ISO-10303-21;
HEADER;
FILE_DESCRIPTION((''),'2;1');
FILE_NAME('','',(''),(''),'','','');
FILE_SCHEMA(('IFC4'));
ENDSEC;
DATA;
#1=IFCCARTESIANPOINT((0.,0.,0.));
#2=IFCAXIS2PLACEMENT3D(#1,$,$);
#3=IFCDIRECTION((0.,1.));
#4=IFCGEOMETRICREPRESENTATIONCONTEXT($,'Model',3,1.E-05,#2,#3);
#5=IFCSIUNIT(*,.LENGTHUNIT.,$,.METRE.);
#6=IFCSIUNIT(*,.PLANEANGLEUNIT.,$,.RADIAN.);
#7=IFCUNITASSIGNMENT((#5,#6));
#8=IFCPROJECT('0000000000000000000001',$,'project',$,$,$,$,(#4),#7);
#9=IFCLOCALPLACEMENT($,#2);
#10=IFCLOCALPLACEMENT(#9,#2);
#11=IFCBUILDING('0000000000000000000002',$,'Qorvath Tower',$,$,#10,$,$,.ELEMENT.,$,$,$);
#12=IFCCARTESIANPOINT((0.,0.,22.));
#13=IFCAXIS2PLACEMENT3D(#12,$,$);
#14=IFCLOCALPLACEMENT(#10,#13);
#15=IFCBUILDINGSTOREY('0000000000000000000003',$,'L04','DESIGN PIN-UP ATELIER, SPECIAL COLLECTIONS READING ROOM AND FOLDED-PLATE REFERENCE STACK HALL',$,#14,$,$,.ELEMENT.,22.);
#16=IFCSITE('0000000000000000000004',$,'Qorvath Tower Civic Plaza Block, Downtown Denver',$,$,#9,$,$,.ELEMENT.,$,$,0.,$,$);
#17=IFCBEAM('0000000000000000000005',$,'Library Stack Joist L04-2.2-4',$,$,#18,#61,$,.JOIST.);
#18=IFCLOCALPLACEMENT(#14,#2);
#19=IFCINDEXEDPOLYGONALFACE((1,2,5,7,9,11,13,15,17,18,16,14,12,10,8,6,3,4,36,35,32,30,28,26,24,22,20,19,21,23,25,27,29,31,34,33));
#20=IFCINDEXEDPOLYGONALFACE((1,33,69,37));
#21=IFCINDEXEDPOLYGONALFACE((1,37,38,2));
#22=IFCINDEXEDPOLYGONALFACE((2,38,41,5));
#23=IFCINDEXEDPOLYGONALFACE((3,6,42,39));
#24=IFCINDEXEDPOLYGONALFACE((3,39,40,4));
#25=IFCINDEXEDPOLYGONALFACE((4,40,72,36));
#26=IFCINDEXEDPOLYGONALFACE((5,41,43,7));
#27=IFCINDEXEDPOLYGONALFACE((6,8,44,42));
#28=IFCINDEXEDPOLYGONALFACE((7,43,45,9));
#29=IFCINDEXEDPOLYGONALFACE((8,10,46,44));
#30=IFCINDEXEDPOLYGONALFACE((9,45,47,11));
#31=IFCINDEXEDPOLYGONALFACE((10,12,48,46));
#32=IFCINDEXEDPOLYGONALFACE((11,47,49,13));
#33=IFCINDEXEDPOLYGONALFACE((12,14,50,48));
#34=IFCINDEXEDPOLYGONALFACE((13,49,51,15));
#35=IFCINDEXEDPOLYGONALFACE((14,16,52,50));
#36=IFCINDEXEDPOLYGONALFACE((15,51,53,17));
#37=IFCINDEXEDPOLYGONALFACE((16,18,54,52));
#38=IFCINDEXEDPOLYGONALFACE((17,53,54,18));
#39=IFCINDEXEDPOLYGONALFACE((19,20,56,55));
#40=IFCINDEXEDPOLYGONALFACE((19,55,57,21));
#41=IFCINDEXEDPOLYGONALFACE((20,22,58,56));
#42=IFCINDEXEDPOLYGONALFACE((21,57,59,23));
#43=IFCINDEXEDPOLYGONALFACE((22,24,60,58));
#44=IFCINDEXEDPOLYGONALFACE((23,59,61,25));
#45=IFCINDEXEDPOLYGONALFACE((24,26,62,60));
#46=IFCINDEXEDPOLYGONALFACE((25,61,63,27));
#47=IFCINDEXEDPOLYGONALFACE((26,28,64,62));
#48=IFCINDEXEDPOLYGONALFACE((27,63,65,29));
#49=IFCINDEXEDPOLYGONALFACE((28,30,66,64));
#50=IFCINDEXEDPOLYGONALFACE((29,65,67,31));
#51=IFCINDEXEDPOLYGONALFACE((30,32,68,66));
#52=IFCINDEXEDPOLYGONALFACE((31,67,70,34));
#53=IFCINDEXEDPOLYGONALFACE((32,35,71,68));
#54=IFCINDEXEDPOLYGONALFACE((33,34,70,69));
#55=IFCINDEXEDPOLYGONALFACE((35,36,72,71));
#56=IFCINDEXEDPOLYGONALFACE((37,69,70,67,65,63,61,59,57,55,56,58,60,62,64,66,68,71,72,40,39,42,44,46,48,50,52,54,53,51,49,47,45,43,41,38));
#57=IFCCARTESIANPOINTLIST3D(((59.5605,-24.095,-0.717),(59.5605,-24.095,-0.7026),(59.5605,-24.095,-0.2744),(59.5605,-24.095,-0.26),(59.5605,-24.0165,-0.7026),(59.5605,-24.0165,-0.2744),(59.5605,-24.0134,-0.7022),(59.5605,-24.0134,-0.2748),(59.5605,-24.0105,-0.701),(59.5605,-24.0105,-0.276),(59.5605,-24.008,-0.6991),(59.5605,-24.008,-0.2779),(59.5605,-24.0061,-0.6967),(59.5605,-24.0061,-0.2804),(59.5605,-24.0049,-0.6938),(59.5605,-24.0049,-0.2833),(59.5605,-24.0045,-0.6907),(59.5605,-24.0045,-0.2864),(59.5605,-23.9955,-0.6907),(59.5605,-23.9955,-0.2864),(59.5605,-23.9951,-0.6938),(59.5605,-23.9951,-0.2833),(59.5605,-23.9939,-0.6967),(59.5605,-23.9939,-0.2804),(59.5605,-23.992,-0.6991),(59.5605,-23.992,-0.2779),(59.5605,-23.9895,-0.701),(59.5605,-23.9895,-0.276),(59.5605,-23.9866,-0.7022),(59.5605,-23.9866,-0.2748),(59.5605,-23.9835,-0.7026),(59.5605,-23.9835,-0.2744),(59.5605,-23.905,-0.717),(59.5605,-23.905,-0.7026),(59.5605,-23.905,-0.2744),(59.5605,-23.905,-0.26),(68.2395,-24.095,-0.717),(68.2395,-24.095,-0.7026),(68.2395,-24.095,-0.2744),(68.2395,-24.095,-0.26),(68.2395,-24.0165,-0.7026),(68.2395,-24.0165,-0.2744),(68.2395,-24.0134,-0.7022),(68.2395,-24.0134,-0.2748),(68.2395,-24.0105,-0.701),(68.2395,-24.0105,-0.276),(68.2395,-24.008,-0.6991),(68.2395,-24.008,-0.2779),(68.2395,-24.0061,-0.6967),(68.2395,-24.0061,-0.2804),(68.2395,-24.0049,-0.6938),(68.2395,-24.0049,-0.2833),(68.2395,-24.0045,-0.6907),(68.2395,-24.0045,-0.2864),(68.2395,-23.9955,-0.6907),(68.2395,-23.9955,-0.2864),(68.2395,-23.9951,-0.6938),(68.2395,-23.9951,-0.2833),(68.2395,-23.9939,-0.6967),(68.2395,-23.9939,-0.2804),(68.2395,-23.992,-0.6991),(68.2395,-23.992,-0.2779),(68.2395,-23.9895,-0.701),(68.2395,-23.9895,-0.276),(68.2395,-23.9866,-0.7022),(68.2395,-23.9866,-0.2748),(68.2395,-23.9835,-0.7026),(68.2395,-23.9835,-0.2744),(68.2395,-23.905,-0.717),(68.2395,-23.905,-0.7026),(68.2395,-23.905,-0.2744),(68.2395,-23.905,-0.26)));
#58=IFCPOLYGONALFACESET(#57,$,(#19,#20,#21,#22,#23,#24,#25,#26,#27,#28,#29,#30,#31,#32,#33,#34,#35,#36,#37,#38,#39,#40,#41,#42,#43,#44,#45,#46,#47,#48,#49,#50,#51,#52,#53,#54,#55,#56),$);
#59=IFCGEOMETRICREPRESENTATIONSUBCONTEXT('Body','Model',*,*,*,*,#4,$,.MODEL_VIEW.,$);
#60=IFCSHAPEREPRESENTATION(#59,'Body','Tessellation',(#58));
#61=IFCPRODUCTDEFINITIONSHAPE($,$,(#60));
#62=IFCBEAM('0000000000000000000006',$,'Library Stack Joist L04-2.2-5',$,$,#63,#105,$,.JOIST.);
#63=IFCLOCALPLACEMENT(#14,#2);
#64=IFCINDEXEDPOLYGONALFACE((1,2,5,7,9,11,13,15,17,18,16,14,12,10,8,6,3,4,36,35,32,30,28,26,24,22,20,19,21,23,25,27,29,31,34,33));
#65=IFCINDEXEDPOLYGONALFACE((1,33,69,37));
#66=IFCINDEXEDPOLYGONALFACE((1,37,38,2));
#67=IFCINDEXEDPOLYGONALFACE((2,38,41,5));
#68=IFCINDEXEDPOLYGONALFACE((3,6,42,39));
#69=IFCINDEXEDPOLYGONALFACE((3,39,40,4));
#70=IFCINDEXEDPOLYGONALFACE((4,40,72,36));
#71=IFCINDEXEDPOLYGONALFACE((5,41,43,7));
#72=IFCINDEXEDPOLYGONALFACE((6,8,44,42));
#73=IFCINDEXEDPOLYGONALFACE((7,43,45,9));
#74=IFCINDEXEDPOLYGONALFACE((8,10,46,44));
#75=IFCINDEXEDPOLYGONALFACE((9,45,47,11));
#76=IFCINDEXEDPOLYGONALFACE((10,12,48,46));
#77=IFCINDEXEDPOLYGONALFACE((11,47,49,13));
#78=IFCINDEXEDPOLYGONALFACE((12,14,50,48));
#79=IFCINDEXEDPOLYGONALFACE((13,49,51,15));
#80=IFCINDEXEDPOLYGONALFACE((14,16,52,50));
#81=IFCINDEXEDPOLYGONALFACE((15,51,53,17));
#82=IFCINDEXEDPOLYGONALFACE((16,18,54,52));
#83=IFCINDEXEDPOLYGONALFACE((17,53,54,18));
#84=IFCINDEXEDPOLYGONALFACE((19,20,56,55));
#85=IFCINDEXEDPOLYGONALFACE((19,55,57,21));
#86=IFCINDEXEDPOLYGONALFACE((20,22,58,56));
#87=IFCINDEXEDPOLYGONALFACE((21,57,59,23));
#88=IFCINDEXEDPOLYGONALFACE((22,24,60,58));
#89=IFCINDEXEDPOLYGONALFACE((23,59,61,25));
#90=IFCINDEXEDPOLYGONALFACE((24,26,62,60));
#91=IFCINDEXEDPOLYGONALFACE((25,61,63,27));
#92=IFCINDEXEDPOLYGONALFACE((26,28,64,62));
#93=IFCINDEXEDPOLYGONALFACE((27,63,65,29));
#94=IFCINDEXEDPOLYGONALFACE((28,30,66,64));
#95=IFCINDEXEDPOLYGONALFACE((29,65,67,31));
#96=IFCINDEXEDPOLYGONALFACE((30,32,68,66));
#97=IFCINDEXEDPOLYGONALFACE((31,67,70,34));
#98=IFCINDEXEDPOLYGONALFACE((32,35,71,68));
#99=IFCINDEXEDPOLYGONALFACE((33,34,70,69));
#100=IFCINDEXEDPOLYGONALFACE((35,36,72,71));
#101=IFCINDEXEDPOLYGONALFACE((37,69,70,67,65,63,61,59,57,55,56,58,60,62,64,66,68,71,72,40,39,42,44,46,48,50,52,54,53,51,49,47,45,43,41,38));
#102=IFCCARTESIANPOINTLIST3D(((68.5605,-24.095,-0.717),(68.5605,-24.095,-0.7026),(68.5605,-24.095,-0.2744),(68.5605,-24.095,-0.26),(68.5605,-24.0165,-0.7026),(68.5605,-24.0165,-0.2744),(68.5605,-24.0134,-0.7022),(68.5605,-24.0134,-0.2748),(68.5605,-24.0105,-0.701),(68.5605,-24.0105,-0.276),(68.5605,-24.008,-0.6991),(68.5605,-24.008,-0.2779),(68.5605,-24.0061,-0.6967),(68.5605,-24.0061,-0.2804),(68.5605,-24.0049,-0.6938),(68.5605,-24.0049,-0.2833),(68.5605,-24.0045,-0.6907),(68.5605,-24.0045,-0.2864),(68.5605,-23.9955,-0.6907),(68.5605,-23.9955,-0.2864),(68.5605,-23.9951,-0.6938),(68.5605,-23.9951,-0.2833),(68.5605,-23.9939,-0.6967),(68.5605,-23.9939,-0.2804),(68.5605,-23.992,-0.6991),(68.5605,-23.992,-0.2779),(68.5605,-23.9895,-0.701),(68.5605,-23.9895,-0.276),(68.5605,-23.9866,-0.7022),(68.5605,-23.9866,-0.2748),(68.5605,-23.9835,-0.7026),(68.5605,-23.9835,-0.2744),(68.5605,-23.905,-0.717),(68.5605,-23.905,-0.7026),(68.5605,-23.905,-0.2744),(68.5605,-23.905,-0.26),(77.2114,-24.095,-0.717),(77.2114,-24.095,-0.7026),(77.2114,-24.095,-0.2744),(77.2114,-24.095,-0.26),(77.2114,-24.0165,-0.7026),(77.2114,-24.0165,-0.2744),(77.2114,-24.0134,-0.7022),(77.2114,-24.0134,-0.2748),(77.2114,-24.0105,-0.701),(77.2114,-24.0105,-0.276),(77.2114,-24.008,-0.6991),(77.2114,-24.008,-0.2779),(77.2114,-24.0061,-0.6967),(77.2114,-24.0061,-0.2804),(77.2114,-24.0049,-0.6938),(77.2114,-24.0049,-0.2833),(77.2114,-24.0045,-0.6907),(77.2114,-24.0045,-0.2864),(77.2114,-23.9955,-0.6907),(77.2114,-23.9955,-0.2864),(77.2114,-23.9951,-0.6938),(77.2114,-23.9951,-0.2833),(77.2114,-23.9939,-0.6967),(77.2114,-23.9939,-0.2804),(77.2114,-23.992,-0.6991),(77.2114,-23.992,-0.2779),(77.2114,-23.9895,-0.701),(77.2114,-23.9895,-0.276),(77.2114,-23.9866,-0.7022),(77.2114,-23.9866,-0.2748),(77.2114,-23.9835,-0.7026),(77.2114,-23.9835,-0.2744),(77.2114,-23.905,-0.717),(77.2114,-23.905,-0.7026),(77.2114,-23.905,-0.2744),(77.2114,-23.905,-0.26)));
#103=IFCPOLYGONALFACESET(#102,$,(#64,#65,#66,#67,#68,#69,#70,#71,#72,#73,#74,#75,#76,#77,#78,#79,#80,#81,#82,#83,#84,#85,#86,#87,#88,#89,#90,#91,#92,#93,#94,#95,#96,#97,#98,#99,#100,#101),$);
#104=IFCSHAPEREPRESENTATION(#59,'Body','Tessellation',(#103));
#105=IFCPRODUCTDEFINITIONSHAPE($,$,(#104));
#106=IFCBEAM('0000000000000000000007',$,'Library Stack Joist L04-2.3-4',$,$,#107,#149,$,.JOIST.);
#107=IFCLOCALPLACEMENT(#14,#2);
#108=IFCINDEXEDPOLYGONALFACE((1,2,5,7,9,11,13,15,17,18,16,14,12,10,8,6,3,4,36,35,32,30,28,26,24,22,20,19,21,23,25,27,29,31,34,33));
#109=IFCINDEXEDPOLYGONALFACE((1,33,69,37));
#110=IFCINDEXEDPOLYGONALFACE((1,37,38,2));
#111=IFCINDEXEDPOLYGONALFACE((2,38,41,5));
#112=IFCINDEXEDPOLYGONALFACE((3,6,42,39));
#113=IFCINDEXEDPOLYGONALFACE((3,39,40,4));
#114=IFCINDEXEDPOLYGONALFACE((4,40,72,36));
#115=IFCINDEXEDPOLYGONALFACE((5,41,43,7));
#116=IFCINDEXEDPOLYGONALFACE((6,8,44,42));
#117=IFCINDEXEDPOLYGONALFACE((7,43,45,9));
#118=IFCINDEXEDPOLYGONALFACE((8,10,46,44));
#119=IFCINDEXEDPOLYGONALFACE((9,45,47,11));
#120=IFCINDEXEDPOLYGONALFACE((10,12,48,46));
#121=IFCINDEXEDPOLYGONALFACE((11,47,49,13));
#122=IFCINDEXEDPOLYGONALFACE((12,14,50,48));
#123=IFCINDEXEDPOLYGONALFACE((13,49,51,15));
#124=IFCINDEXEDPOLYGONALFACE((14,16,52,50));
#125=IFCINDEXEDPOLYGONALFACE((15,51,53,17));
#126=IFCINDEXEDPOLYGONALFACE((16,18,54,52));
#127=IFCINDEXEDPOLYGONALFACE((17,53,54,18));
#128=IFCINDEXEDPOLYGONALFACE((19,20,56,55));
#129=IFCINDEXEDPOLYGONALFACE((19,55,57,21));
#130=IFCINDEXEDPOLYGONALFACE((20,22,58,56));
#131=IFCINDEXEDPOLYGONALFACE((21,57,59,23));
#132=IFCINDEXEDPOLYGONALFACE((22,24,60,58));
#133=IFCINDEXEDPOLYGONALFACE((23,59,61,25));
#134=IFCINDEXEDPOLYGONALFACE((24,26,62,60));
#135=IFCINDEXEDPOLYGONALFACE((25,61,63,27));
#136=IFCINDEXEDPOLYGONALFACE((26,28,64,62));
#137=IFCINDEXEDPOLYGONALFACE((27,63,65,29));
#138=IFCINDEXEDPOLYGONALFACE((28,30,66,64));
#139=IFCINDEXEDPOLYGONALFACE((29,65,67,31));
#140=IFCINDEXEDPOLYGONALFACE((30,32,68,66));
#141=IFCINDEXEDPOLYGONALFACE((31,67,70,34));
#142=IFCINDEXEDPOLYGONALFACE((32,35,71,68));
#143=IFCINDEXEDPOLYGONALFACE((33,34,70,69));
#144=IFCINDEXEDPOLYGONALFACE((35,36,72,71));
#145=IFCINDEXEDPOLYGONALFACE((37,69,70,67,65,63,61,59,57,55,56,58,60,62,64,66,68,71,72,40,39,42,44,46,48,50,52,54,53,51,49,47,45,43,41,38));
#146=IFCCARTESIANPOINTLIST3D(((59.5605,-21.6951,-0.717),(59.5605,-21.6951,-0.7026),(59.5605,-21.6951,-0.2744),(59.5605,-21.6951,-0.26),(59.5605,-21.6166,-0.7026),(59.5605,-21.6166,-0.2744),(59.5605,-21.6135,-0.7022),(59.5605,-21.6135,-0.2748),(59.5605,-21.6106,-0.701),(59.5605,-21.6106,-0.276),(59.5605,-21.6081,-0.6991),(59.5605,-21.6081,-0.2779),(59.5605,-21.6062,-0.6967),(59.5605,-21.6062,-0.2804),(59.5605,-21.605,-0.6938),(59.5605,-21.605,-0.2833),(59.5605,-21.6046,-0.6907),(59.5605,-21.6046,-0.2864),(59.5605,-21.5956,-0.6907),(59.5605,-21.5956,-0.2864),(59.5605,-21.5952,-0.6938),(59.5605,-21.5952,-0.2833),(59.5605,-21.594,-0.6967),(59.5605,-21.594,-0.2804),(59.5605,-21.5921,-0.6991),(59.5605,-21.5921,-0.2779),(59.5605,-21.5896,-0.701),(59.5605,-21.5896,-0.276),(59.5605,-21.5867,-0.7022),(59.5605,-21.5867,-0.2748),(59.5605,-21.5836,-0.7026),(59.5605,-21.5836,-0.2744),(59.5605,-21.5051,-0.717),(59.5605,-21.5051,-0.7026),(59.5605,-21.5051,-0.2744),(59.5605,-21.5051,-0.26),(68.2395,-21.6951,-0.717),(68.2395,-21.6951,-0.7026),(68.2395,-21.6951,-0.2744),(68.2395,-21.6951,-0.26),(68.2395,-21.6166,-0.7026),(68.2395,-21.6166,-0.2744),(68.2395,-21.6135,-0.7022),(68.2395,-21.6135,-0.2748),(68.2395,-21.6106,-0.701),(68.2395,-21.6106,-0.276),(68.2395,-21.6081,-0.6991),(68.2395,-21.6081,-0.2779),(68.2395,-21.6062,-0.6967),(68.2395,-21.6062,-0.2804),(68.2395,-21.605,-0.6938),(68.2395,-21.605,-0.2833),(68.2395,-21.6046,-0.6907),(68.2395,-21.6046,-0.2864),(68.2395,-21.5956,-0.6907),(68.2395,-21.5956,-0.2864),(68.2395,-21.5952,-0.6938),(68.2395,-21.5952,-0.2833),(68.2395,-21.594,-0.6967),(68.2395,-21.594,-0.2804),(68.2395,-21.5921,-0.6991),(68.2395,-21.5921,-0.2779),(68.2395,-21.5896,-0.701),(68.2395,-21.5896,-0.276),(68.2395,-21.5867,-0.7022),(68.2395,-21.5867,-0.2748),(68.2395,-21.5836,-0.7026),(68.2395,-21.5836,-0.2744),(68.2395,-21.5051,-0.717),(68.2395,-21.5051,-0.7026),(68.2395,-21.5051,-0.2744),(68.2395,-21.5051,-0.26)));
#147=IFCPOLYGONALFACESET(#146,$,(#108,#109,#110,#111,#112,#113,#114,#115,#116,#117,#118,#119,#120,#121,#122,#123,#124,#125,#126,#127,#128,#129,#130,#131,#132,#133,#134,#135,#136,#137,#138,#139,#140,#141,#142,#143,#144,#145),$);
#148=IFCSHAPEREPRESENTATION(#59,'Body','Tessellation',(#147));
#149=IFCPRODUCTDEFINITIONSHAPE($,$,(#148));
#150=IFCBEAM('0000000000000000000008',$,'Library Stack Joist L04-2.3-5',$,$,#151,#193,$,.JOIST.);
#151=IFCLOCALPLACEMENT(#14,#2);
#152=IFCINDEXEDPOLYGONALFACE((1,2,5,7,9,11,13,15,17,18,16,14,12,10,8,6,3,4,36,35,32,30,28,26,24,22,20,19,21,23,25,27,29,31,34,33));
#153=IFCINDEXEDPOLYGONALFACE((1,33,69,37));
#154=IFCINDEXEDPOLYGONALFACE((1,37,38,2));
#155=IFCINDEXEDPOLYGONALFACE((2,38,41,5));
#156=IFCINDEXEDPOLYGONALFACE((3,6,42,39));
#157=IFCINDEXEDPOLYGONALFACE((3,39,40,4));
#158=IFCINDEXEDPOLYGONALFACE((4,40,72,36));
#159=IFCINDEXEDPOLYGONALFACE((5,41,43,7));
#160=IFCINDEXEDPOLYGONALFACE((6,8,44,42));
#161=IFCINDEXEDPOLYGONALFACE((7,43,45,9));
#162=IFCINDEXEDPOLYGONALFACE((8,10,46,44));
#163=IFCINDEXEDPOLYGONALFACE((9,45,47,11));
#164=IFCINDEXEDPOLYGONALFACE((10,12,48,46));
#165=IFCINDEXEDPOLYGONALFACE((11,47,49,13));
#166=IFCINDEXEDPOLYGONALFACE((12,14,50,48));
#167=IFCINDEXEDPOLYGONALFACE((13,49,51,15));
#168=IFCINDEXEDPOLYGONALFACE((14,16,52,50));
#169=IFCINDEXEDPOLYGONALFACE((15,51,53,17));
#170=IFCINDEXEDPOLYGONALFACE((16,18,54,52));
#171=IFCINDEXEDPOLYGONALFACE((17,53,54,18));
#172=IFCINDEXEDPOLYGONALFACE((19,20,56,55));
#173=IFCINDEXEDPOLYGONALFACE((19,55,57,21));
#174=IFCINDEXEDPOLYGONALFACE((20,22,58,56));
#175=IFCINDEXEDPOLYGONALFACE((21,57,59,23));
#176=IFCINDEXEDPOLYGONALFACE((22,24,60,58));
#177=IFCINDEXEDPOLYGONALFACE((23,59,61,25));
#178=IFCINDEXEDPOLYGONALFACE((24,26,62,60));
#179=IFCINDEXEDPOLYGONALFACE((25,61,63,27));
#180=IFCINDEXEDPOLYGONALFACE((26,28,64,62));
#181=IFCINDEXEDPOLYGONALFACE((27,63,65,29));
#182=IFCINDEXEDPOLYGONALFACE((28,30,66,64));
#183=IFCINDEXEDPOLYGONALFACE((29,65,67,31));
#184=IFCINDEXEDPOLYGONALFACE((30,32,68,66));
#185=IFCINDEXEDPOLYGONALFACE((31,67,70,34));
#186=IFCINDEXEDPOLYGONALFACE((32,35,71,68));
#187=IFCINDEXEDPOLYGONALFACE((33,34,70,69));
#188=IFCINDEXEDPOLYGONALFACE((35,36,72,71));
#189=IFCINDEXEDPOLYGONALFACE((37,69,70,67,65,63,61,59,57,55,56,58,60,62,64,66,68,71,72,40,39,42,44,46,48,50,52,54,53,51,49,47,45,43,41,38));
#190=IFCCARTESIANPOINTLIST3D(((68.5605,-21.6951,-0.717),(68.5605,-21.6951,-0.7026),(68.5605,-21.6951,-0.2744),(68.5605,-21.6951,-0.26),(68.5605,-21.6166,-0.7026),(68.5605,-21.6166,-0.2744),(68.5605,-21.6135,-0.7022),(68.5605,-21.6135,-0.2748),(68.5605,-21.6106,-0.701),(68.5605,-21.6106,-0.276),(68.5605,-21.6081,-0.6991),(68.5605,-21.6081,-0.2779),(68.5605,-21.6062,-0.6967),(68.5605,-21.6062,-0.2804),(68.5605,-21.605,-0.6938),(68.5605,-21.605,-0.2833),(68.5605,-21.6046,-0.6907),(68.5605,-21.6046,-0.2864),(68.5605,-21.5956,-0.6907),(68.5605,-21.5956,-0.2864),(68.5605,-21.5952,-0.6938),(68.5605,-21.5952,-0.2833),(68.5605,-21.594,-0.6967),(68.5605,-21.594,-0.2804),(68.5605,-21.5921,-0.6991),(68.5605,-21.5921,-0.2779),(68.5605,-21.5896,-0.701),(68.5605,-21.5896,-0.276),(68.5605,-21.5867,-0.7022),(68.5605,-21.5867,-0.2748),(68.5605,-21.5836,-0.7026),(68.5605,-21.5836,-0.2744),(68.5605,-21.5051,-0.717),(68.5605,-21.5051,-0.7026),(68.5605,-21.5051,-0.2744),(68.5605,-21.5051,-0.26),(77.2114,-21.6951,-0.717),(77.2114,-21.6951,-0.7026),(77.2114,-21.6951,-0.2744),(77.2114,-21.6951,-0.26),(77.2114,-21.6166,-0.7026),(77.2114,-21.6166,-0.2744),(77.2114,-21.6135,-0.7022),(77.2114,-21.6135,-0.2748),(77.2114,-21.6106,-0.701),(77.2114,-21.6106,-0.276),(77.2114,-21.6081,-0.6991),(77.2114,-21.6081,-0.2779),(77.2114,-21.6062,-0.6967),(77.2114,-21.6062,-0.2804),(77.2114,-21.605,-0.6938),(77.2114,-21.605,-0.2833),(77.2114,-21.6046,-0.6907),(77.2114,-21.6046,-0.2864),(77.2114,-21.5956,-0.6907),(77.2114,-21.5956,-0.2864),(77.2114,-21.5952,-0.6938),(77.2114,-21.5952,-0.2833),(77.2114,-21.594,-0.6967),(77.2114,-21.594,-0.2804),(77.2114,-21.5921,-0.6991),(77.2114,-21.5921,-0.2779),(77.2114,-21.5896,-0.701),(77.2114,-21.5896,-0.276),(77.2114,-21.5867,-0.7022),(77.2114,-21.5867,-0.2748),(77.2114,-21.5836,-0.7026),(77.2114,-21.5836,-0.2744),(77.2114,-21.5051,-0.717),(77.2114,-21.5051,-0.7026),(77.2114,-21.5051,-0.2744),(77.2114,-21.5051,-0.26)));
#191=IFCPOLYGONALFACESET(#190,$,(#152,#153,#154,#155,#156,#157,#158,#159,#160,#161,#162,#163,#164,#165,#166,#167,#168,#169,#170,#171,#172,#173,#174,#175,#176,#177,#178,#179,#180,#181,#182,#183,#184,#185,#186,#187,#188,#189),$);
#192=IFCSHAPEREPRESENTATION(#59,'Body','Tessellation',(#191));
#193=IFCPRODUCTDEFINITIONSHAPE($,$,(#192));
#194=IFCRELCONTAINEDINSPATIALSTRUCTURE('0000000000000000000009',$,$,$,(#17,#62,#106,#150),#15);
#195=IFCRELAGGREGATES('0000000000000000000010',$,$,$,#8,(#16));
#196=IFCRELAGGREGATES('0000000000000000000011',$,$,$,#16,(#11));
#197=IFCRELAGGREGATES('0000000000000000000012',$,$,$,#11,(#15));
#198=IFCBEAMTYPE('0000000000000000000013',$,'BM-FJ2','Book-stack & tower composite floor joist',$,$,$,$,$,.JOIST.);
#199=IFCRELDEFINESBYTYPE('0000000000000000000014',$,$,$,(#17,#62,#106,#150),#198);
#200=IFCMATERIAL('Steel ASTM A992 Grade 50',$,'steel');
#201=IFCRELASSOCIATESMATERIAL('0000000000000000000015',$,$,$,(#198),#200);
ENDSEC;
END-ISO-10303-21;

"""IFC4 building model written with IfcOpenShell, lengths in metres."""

from ifc_helpers import new_model, si_unit, direction, frame, origin, origin_2d, place, context, subcontext, project, spatial, i_section, extrude, material, material_profile, profile_set, type_object, element, save


model = new_model("IFC4")

# Units and contexts
model_context = context("Model", 3, precision=1e-05, world=origin(), true_north=direction((0.0, 1.0)))
body_context = subcontext(model_context, "Body", "Model", "MODEL_VIEW")
ifc_project = project(units=[si_unit("LENGTHUNIT", "METRE"), si_unit("PLANEANGLEUNIT", "RADIAN")], contexts=[model_context])

# Site, building, storey
site_placement = place(None, origin())
site = spatial("IfcSite", under=ifc_project, at=site_placement, Name="Qorvath Tower Civic Plaza Block, Downtown Denver", CompositionType="ELEMENT", RefElevation=0.0)
building_placement = place(site_placement, origin())
building = spatial("IfcBuilding", under=site, at=building_placement, Name="Qorvath Tower", CompositionType="ELEMENT")
storey_placement = place(building_placement, frame((0.0, 0.0, 22.0)))
storey = spatial("IfcBuildingStorey", under=building, at=storey_placement, Name="L04", Description="DESIGN PIN-UP ATELIER, SPECIAL COLLECTIONS READING ROOM AND FOLDED-PLATE REFERENCE STACK HALL", CompositionType="ELEMENT", Elevation=22.0)

# Beams
ifc_material_1 = material(Name="Steel ASTM A992 Grade 50", Category="steel")
ifc_material_profile_1 = material_profile(ifc_material_1, i_section(OverallWidth=0.1899, OverallDepth=0.457, WebThickness=0.009, FlangeThickness=0.0144, FilletRadius=0.012, at=origin_2d()), Name="W18x50")
ifc_profile_set_1 = profile_set([ifc_material_profile_1], Name="Steel ASTM A992 Grade 50")
beam_type_1 = type_object("IfcBeamType", Name="BM-FJ2", Description="Book-stack & tower composite floor joist", PredefinedType="JOIST", material=ifc_profile_set_1)
beam_1_placement = place(storey_placement, frame((59.5605, -24.0, -0.4885), z_axis=(1.0, 0.0, 0.0), x_axis=(0.0, 1.0, 0.0)))
element("IfcBeam", 1, at=beam_1_placement, inside=storey, type_object=beam_type_1, Name="Library Stack Joist L04-2.2-4", PredefinedType="JOIST", context=body_context, shape_type="SweptSolid", body=[
    extrude(i_section(OverallWidth=0.1899, OverallDepth=0.457, WebThickness=0.009, FlangeThickness=0.0144, FilletRadius=0.012, at=origin_2d()), origin(), (0.0, 0.0, 1.0), 8.679),
])
beam_2_placement = place(storey_placement, frame((68.5605, -24.0, -0.4885), z_axis=(1.0, 0.0, 0.0), x_axis=(0.0, 1.0, 0.0)))
element("IfcBeam", 2, at=beam_2_placement, inside=storey, type_object=beam_type_1, Name="Library Stack Joist L04-2.2-5", PredefinedType="JOIST", context=body_context, shape_type="SweptSolid", body=[
    extrude(i_section(OverallWidth=0.1899, OverallDepth=0.457, WebThickness=0.009, FlangeThickness=0.0144, FilletRadius=0.012, at=origin_2d()), origin(), (0.0, 0.0, 1.0), 8.6509),
])
beam_3_placement = place(storey_placement, frame((59.5605, -21.6001, -0.4885), z_axis=(1.0, 0.0, 0.0), x_axis=(0.0, 1.0, 0.0)))
element("IfcBeam", 3, at=beam_3_placement, inside=storey, type_object=beam_type_1, Name="Library Stack Joist L04-2.3-4", PredefinedType="JOIST", context=body_context, shape_type="SweptSolid", body=[
    extrude(i_section(OverallWidth=0.1899, OverallDepth=0.457, WebThickness=0.009, FlangeThickness=0.0144, FilletRadius=0.012, at=origin_2d()), origin(), (0.0, 0.0, 1.0), 8.679),
])
beam_4_placement = place(storey_placement, frame((68.5605, -21.6001, -0.4885), z_axis=(1.0, 0.0, 0.0), x_axis=(0.0, 1.0, 0.0)))
element("IfcBeam", 4, at=beam_4_placement, inside=storey, type_object=beam_type_1, Name="Library Stack Joist L04-2.3-5", PredefinedType="JOIST", context=body_context, shape_type="SweptSolid", body=[
    extrude(i_section(OverallWidth=0.1899, OverallDepth=0.457, WebThickness=0.009, FlangeThickness=0.0144, FilletRadius=0.012, at=origin_2d()), origin(), (0.0, 0.0, 1.0), 8.6509),
])

save(model, "model.ifc")
